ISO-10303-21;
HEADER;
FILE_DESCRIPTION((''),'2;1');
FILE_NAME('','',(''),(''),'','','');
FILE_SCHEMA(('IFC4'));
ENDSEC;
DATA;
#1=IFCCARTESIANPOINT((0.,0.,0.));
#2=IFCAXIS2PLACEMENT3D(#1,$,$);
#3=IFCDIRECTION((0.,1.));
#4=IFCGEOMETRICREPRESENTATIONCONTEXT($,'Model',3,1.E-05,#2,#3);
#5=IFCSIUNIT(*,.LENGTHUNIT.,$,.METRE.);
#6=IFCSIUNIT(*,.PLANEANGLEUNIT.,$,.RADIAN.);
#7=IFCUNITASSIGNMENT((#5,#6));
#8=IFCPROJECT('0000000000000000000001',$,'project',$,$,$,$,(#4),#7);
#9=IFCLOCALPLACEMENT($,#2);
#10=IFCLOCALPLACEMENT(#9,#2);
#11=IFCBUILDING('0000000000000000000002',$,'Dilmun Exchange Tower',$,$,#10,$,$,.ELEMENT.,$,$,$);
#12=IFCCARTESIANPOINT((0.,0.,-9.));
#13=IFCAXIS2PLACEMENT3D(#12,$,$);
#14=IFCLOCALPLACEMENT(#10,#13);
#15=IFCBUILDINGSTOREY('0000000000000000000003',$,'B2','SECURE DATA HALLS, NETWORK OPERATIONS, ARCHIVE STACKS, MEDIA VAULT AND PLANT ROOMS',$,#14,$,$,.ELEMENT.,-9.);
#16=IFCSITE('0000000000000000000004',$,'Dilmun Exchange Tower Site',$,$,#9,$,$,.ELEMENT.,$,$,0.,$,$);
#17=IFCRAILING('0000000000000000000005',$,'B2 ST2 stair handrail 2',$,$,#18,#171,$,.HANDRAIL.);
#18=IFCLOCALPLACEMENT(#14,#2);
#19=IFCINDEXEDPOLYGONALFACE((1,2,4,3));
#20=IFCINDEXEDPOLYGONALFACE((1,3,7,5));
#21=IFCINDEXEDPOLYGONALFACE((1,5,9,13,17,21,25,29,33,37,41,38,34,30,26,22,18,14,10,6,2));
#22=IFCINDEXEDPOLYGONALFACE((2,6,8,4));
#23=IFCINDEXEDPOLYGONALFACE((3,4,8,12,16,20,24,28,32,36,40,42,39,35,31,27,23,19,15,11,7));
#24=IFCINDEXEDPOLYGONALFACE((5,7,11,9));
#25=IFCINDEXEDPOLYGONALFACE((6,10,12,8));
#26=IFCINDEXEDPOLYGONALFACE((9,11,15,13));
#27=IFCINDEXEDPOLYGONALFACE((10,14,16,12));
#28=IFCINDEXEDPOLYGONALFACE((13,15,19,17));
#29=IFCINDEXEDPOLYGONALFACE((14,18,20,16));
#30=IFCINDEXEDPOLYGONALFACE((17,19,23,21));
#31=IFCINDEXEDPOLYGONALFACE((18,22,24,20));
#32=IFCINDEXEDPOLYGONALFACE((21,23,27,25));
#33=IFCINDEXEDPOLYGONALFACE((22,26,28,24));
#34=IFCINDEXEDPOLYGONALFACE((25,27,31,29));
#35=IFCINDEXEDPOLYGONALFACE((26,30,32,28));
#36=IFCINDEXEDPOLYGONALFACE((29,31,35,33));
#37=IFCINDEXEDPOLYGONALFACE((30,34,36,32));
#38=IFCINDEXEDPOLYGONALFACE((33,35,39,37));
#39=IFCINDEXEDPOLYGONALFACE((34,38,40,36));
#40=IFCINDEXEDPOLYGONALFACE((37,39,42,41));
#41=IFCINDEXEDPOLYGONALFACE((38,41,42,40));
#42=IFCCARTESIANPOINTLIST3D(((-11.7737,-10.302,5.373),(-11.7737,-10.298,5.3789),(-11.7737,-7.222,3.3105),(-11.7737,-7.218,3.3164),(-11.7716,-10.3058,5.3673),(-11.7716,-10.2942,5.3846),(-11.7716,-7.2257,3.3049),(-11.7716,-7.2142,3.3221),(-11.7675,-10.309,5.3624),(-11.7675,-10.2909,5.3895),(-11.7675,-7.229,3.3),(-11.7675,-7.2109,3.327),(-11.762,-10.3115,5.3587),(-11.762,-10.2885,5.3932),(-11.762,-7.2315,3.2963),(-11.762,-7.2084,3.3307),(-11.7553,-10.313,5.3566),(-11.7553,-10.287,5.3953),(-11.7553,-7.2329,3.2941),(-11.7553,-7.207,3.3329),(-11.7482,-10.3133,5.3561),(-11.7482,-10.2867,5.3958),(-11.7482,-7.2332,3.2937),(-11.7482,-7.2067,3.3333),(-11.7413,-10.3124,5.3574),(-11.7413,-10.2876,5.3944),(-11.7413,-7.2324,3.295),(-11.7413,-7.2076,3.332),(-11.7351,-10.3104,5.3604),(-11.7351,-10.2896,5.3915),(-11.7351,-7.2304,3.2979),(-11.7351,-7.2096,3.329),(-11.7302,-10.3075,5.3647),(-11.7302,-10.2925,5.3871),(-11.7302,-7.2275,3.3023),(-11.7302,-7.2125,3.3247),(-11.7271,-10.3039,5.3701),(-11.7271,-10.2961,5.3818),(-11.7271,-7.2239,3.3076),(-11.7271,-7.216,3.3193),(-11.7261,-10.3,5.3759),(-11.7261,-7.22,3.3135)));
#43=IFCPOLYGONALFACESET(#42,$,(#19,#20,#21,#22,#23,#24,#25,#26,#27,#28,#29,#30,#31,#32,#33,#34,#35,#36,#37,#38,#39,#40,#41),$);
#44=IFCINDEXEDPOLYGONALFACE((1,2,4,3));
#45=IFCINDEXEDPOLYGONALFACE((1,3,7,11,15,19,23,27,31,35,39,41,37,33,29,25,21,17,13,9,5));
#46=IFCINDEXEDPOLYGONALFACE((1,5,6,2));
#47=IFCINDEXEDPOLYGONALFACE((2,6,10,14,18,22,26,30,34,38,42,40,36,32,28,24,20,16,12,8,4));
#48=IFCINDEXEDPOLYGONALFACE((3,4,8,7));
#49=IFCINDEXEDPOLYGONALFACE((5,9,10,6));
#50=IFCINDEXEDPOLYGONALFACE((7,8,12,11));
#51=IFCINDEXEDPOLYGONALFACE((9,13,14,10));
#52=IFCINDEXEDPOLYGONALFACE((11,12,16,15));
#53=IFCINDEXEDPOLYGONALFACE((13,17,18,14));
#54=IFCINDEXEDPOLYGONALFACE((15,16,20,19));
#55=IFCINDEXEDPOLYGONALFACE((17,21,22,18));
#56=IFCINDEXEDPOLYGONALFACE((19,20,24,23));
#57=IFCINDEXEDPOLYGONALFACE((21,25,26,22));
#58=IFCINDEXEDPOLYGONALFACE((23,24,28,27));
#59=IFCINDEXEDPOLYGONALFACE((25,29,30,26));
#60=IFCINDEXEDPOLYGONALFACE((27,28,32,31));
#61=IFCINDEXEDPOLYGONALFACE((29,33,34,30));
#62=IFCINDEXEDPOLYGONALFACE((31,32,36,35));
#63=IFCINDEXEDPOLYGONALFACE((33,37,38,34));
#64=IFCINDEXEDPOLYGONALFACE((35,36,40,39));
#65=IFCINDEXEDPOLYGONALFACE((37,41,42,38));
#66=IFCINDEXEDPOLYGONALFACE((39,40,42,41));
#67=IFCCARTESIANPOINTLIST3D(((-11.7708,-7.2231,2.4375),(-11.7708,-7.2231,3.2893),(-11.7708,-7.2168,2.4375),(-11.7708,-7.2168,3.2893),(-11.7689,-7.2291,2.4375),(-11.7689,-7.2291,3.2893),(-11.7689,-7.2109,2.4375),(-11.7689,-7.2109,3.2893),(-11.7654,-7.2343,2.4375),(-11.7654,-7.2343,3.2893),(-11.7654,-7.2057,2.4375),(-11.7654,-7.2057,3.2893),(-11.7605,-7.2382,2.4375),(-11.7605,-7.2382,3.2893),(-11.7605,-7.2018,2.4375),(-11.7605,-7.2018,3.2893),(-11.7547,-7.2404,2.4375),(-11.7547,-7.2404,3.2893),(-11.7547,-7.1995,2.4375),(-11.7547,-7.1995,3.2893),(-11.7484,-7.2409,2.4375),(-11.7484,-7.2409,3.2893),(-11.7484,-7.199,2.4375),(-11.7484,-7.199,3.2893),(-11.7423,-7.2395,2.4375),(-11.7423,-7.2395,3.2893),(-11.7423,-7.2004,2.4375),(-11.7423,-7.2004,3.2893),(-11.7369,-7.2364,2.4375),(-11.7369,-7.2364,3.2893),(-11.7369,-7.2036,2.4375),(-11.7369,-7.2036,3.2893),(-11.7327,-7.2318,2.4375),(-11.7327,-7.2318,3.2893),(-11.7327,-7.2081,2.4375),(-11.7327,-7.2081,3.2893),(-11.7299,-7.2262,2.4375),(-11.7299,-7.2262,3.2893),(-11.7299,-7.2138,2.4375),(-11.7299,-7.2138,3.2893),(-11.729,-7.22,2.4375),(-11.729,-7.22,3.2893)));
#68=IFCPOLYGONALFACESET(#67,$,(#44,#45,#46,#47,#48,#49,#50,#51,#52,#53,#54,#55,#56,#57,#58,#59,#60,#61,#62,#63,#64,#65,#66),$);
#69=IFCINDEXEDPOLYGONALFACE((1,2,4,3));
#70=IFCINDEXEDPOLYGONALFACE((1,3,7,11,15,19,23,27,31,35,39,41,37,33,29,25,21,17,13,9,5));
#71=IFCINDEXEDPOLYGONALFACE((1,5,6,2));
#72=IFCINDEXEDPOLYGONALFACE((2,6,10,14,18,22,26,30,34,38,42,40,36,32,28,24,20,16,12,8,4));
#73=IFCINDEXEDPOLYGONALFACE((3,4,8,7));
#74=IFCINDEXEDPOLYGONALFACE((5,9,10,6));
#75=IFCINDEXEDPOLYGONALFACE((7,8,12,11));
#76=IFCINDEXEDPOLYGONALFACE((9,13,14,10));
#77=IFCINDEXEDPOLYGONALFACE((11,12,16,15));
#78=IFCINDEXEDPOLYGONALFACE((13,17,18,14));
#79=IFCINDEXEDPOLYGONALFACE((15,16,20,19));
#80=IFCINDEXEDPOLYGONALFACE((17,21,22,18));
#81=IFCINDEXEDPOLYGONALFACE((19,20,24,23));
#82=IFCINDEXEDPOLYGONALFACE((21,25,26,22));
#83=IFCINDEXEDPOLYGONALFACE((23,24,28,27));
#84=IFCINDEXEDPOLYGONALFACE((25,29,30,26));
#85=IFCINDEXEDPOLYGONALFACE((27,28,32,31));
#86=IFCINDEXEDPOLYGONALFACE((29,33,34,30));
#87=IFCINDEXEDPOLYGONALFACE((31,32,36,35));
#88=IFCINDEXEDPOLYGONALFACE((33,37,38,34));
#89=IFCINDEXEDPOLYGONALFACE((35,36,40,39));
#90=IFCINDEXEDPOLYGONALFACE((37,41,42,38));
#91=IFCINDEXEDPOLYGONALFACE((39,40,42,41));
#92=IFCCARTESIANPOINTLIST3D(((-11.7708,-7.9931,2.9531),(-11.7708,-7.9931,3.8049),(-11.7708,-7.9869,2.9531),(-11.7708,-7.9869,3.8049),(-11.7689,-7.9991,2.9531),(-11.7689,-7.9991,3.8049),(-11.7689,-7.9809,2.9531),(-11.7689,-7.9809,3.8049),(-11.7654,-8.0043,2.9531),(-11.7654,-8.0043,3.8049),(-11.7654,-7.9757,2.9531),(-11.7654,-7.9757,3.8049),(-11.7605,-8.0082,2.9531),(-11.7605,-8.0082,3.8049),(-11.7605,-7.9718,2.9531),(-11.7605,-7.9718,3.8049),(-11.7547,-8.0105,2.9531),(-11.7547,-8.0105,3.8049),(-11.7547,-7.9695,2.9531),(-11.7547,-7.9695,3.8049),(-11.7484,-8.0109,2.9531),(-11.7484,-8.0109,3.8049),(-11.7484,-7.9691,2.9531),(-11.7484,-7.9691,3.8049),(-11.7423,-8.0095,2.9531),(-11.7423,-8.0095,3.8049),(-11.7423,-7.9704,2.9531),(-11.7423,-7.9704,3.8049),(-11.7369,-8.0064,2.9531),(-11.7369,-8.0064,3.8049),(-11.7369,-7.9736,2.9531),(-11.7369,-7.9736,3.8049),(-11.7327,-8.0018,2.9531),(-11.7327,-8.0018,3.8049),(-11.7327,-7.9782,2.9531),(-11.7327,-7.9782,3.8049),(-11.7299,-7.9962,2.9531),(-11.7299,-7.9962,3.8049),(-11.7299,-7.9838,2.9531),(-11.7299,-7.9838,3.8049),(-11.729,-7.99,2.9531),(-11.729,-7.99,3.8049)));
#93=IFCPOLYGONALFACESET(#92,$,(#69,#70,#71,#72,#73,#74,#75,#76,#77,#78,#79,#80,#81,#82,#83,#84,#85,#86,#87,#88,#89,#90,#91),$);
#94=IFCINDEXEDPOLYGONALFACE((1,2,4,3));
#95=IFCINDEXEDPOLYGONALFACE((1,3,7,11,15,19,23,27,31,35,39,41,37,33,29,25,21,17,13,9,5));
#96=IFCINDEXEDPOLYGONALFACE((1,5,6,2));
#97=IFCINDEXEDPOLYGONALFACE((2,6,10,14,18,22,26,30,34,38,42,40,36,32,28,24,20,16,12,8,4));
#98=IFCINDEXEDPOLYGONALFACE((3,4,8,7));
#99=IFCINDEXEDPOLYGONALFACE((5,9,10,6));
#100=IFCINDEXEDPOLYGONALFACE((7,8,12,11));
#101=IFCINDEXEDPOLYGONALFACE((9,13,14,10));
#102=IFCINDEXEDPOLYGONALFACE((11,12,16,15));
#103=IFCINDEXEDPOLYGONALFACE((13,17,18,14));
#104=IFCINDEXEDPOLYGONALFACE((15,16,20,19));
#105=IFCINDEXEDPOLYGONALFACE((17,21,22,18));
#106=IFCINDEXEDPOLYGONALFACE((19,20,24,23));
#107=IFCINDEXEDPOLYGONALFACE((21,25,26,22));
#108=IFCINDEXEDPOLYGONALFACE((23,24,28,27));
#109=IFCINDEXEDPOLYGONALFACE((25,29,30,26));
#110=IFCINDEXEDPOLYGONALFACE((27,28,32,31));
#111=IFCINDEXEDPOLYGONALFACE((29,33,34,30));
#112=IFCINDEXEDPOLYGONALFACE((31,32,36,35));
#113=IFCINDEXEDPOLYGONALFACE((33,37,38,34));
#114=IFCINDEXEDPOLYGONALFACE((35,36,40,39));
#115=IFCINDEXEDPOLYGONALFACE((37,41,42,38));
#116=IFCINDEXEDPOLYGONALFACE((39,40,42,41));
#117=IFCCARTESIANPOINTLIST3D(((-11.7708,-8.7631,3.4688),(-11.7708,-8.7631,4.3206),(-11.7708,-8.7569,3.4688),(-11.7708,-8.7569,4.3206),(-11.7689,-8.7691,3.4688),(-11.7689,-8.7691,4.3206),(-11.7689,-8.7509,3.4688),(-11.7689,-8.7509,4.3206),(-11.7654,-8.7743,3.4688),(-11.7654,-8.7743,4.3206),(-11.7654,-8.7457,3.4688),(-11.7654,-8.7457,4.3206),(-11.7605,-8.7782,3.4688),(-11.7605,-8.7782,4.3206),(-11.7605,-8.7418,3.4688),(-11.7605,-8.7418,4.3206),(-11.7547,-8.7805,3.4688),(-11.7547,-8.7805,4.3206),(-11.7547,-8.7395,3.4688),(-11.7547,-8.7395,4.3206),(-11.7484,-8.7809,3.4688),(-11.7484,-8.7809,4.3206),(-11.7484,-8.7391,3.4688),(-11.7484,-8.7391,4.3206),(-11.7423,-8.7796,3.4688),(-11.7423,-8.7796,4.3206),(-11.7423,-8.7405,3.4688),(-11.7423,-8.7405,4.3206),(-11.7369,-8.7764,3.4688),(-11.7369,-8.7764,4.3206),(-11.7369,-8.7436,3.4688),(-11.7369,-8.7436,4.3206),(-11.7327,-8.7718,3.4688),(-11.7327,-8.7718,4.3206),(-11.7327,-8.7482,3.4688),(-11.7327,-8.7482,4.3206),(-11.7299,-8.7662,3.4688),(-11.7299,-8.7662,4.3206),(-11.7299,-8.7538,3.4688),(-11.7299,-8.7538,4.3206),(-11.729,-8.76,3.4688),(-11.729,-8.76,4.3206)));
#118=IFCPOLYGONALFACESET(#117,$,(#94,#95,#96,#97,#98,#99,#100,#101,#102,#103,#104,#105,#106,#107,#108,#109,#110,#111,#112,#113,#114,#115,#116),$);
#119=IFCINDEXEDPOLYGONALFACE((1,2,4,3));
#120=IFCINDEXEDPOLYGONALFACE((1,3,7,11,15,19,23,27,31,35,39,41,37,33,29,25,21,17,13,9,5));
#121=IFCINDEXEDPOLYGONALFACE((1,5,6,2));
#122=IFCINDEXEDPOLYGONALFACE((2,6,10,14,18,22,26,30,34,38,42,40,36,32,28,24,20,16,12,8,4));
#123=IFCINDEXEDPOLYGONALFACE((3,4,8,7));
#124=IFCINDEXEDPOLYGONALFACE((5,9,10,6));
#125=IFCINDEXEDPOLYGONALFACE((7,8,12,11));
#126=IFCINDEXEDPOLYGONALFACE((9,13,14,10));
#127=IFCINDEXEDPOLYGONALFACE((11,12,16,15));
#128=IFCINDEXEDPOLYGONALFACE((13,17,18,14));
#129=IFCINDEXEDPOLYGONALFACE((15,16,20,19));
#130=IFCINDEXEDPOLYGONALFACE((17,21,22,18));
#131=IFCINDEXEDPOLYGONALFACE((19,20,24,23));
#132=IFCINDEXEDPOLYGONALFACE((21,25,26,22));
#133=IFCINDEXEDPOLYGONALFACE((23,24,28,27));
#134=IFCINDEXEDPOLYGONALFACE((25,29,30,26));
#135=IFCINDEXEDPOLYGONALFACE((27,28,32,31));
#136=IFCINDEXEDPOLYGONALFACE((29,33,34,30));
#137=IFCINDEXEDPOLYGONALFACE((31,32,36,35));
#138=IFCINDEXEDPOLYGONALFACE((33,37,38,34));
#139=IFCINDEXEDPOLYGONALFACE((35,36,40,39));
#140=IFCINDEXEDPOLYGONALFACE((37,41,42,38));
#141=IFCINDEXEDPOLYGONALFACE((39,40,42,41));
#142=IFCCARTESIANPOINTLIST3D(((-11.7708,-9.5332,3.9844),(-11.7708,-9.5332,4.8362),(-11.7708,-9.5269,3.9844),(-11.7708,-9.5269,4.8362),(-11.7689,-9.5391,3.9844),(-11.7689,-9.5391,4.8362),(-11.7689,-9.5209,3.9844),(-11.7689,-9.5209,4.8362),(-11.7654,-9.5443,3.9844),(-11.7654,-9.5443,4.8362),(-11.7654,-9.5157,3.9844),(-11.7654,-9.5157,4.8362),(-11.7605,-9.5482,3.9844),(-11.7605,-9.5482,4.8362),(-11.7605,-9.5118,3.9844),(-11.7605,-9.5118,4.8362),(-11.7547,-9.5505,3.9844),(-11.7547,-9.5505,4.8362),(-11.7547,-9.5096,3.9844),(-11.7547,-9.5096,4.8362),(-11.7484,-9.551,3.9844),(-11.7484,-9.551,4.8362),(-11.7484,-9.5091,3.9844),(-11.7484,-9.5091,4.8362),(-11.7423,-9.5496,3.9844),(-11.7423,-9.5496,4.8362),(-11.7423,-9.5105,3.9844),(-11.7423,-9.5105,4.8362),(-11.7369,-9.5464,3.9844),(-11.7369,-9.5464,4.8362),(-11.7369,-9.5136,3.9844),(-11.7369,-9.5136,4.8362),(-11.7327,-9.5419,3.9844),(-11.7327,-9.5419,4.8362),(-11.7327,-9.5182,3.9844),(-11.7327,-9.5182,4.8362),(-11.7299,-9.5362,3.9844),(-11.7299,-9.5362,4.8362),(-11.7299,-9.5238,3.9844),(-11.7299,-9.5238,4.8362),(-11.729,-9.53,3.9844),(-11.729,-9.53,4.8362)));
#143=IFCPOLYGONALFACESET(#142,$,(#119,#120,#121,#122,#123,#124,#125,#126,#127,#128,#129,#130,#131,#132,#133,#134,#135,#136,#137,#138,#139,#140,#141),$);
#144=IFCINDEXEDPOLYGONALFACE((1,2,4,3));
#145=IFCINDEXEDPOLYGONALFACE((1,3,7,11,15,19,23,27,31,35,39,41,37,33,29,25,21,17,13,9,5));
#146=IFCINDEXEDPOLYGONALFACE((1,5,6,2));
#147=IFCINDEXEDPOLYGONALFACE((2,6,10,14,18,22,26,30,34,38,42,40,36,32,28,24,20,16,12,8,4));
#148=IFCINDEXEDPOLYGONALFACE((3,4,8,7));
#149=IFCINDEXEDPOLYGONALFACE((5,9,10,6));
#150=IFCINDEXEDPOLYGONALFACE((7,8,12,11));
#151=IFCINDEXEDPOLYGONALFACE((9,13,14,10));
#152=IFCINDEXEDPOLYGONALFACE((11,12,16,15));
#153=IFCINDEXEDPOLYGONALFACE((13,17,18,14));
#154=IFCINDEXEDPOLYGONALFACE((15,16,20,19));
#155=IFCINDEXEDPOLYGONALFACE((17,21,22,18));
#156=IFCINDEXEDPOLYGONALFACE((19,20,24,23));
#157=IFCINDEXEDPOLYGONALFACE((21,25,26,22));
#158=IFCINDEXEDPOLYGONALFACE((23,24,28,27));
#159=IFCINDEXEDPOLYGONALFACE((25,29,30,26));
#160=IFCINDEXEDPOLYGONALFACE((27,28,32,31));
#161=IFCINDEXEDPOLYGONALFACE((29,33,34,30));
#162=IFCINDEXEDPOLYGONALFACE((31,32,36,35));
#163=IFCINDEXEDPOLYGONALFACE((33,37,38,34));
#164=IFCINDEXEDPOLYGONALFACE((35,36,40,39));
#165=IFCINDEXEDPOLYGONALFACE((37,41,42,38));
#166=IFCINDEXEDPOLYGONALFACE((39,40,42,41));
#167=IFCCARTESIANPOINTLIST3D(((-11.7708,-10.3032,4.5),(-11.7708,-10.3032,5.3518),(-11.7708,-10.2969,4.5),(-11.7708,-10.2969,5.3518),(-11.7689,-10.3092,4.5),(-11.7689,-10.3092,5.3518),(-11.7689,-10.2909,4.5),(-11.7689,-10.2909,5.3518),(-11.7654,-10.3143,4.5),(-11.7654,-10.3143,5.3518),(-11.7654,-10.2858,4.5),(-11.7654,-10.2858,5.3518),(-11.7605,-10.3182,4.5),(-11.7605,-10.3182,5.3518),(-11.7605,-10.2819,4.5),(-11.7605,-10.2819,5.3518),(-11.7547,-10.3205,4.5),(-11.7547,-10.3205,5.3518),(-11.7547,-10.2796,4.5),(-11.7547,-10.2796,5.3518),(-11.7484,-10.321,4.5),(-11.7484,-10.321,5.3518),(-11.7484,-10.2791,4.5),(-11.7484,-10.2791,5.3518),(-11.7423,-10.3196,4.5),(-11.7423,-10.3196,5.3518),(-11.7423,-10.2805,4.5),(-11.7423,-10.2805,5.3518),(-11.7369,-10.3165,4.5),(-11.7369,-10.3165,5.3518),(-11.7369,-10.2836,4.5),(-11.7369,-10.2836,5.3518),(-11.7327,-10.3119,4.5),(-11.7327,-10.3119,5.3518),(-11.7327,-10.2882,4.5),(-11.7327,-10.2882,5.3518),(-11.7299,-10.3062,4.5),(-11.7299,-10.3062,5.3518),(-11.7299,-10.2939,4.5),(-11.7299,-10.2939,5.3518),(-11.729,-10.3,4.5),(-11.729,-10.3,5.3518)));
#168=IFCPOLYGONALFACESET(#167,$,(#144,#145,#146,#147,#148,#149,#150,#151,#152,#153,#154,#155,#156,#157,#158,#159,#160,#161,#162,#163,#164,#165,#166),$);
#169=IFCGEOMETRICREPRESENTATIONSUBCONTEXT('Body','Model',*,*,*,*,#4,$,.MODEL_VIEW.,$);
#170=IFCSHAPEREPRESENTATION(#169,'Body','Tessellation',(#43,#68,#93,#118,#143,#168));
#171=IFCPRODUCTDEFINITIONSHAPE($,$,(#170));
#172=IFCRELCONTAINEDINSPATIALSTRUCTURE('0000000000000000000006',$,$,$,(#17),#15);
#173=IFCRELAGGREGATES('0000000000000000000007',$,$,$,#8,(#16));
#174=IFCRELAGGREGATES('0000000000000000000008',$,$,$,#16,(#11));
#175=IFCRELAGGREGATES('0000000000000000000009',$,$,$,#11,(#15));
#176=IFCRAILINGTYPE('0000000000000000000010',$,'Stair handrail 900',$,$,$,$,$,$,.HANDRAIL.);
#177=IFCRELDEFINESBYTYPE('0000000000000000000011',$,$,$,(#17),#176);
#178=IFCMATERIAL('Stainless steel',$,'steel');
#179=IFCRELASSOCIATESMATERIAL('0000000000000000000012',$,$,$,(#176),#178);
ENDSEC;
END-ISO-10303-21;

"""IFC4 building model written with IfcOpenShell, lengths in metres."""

from ifc_helpers import new_model, si_unit, direction, frame, origin, origin_2d, place, context, subcontext, project, spatial, circle, extrude, material, type_object, element, save


model = new_model("IFC4")

# Units and contexts
model_context = context("Model", 3, precision=1e-05, world=origin(), true_north=direction((0.0, 1.0)))
body_context = subcontext(model_context, "Body", "Model", "MODEL_VIEW")
ifc_project = project(units=[si_unit("LENGTHUNIT", "METRE"), si_unit("PLANEANGLEUNIT", "RADIAN")], contexts=[model_context])

# Site, building, storey
site_placement = place(None, origin())
site = spatial("IfcSite", under=ifc_project, at=site_placement, Name="Dilmun Exchange Tower Site", CompositionType="ELEMENT", RefElevation=0.0)
building_placement = place(site_placement, origin())
building = spatial("IfcBuilding", under=site, at=building_placement, Name="Dilmun Exchange Tower", CompositionType="ELEMENT")
storey_placement = place(building_placement, frame((0.0, 0.0, -9.0)))
storey = spatial("IfcBuildingStorey", under=building, at=storey_placement, Name="B2", Description="SECURE DATA HALLS, NETWORK OPERATIONS, ARCHIVE STACKS, MEDIA VAULT AND PLANT ROOMS", CompositionType="ELEMENT", Elevation=-9.0)

# Railing
ifc_material_1 = material(Name="Stainless steel", Category="steel")
railing_type = type_object("IfcRailingType", Name="Stair handrail 900", PredefinedType="HANDRAIL", material=ifc_material_1)
railing_1_placement = place(storey_placement, frame((-11.75, -7.22, 2.4375)))
element("IfcRailing", 1, at=railing_1_placement, inside=storey, type_object=railing_type, Name="B2 ST2 stair handrail 2", PredefinedType="HANDRAIL", context=body_context, shape_type="SweptSolid", body=[
    extrude(circle(Radius=0.0239, at=origin_2d()), frame((0.0, 0.0, 0.876), z_axis=(0.0, -0.830914, 0.556401), x_axis=(1.0, 0.0, 0.0)), (0.0, 0.0, 1.0), 3.7068),
    extrude(circle(Radius=0.021, at=origin_2d()), origin(), (0.0, 0.0, 1.0), 0.8518),
    extrude(circle(Radius=0.021, at=origin_2d()), frame((0.0, -0.77, 0.5156)), (0.0, 0.0, 1.0), 0.8518),
    extrude(circle(Radius=0.021, at=origin_2d()), frame((0.0, -1.54, 1.0312)), (0.0, 0.0, 1.0), 0.8518),
    extrude(circle(Radius=0.021, at=origin_2d()), frame((0.0, -2.3101, 1.5469)), (0.0, 0.0, 1.0), 0.8518),
    extrude(circle(Radius=0.021, at=origin_2d()), frame((0.0, -3.0801, 2.0625)), (0.0, 0.0, 1.0), 0.8518),
])

save(model, "model.ifc")
